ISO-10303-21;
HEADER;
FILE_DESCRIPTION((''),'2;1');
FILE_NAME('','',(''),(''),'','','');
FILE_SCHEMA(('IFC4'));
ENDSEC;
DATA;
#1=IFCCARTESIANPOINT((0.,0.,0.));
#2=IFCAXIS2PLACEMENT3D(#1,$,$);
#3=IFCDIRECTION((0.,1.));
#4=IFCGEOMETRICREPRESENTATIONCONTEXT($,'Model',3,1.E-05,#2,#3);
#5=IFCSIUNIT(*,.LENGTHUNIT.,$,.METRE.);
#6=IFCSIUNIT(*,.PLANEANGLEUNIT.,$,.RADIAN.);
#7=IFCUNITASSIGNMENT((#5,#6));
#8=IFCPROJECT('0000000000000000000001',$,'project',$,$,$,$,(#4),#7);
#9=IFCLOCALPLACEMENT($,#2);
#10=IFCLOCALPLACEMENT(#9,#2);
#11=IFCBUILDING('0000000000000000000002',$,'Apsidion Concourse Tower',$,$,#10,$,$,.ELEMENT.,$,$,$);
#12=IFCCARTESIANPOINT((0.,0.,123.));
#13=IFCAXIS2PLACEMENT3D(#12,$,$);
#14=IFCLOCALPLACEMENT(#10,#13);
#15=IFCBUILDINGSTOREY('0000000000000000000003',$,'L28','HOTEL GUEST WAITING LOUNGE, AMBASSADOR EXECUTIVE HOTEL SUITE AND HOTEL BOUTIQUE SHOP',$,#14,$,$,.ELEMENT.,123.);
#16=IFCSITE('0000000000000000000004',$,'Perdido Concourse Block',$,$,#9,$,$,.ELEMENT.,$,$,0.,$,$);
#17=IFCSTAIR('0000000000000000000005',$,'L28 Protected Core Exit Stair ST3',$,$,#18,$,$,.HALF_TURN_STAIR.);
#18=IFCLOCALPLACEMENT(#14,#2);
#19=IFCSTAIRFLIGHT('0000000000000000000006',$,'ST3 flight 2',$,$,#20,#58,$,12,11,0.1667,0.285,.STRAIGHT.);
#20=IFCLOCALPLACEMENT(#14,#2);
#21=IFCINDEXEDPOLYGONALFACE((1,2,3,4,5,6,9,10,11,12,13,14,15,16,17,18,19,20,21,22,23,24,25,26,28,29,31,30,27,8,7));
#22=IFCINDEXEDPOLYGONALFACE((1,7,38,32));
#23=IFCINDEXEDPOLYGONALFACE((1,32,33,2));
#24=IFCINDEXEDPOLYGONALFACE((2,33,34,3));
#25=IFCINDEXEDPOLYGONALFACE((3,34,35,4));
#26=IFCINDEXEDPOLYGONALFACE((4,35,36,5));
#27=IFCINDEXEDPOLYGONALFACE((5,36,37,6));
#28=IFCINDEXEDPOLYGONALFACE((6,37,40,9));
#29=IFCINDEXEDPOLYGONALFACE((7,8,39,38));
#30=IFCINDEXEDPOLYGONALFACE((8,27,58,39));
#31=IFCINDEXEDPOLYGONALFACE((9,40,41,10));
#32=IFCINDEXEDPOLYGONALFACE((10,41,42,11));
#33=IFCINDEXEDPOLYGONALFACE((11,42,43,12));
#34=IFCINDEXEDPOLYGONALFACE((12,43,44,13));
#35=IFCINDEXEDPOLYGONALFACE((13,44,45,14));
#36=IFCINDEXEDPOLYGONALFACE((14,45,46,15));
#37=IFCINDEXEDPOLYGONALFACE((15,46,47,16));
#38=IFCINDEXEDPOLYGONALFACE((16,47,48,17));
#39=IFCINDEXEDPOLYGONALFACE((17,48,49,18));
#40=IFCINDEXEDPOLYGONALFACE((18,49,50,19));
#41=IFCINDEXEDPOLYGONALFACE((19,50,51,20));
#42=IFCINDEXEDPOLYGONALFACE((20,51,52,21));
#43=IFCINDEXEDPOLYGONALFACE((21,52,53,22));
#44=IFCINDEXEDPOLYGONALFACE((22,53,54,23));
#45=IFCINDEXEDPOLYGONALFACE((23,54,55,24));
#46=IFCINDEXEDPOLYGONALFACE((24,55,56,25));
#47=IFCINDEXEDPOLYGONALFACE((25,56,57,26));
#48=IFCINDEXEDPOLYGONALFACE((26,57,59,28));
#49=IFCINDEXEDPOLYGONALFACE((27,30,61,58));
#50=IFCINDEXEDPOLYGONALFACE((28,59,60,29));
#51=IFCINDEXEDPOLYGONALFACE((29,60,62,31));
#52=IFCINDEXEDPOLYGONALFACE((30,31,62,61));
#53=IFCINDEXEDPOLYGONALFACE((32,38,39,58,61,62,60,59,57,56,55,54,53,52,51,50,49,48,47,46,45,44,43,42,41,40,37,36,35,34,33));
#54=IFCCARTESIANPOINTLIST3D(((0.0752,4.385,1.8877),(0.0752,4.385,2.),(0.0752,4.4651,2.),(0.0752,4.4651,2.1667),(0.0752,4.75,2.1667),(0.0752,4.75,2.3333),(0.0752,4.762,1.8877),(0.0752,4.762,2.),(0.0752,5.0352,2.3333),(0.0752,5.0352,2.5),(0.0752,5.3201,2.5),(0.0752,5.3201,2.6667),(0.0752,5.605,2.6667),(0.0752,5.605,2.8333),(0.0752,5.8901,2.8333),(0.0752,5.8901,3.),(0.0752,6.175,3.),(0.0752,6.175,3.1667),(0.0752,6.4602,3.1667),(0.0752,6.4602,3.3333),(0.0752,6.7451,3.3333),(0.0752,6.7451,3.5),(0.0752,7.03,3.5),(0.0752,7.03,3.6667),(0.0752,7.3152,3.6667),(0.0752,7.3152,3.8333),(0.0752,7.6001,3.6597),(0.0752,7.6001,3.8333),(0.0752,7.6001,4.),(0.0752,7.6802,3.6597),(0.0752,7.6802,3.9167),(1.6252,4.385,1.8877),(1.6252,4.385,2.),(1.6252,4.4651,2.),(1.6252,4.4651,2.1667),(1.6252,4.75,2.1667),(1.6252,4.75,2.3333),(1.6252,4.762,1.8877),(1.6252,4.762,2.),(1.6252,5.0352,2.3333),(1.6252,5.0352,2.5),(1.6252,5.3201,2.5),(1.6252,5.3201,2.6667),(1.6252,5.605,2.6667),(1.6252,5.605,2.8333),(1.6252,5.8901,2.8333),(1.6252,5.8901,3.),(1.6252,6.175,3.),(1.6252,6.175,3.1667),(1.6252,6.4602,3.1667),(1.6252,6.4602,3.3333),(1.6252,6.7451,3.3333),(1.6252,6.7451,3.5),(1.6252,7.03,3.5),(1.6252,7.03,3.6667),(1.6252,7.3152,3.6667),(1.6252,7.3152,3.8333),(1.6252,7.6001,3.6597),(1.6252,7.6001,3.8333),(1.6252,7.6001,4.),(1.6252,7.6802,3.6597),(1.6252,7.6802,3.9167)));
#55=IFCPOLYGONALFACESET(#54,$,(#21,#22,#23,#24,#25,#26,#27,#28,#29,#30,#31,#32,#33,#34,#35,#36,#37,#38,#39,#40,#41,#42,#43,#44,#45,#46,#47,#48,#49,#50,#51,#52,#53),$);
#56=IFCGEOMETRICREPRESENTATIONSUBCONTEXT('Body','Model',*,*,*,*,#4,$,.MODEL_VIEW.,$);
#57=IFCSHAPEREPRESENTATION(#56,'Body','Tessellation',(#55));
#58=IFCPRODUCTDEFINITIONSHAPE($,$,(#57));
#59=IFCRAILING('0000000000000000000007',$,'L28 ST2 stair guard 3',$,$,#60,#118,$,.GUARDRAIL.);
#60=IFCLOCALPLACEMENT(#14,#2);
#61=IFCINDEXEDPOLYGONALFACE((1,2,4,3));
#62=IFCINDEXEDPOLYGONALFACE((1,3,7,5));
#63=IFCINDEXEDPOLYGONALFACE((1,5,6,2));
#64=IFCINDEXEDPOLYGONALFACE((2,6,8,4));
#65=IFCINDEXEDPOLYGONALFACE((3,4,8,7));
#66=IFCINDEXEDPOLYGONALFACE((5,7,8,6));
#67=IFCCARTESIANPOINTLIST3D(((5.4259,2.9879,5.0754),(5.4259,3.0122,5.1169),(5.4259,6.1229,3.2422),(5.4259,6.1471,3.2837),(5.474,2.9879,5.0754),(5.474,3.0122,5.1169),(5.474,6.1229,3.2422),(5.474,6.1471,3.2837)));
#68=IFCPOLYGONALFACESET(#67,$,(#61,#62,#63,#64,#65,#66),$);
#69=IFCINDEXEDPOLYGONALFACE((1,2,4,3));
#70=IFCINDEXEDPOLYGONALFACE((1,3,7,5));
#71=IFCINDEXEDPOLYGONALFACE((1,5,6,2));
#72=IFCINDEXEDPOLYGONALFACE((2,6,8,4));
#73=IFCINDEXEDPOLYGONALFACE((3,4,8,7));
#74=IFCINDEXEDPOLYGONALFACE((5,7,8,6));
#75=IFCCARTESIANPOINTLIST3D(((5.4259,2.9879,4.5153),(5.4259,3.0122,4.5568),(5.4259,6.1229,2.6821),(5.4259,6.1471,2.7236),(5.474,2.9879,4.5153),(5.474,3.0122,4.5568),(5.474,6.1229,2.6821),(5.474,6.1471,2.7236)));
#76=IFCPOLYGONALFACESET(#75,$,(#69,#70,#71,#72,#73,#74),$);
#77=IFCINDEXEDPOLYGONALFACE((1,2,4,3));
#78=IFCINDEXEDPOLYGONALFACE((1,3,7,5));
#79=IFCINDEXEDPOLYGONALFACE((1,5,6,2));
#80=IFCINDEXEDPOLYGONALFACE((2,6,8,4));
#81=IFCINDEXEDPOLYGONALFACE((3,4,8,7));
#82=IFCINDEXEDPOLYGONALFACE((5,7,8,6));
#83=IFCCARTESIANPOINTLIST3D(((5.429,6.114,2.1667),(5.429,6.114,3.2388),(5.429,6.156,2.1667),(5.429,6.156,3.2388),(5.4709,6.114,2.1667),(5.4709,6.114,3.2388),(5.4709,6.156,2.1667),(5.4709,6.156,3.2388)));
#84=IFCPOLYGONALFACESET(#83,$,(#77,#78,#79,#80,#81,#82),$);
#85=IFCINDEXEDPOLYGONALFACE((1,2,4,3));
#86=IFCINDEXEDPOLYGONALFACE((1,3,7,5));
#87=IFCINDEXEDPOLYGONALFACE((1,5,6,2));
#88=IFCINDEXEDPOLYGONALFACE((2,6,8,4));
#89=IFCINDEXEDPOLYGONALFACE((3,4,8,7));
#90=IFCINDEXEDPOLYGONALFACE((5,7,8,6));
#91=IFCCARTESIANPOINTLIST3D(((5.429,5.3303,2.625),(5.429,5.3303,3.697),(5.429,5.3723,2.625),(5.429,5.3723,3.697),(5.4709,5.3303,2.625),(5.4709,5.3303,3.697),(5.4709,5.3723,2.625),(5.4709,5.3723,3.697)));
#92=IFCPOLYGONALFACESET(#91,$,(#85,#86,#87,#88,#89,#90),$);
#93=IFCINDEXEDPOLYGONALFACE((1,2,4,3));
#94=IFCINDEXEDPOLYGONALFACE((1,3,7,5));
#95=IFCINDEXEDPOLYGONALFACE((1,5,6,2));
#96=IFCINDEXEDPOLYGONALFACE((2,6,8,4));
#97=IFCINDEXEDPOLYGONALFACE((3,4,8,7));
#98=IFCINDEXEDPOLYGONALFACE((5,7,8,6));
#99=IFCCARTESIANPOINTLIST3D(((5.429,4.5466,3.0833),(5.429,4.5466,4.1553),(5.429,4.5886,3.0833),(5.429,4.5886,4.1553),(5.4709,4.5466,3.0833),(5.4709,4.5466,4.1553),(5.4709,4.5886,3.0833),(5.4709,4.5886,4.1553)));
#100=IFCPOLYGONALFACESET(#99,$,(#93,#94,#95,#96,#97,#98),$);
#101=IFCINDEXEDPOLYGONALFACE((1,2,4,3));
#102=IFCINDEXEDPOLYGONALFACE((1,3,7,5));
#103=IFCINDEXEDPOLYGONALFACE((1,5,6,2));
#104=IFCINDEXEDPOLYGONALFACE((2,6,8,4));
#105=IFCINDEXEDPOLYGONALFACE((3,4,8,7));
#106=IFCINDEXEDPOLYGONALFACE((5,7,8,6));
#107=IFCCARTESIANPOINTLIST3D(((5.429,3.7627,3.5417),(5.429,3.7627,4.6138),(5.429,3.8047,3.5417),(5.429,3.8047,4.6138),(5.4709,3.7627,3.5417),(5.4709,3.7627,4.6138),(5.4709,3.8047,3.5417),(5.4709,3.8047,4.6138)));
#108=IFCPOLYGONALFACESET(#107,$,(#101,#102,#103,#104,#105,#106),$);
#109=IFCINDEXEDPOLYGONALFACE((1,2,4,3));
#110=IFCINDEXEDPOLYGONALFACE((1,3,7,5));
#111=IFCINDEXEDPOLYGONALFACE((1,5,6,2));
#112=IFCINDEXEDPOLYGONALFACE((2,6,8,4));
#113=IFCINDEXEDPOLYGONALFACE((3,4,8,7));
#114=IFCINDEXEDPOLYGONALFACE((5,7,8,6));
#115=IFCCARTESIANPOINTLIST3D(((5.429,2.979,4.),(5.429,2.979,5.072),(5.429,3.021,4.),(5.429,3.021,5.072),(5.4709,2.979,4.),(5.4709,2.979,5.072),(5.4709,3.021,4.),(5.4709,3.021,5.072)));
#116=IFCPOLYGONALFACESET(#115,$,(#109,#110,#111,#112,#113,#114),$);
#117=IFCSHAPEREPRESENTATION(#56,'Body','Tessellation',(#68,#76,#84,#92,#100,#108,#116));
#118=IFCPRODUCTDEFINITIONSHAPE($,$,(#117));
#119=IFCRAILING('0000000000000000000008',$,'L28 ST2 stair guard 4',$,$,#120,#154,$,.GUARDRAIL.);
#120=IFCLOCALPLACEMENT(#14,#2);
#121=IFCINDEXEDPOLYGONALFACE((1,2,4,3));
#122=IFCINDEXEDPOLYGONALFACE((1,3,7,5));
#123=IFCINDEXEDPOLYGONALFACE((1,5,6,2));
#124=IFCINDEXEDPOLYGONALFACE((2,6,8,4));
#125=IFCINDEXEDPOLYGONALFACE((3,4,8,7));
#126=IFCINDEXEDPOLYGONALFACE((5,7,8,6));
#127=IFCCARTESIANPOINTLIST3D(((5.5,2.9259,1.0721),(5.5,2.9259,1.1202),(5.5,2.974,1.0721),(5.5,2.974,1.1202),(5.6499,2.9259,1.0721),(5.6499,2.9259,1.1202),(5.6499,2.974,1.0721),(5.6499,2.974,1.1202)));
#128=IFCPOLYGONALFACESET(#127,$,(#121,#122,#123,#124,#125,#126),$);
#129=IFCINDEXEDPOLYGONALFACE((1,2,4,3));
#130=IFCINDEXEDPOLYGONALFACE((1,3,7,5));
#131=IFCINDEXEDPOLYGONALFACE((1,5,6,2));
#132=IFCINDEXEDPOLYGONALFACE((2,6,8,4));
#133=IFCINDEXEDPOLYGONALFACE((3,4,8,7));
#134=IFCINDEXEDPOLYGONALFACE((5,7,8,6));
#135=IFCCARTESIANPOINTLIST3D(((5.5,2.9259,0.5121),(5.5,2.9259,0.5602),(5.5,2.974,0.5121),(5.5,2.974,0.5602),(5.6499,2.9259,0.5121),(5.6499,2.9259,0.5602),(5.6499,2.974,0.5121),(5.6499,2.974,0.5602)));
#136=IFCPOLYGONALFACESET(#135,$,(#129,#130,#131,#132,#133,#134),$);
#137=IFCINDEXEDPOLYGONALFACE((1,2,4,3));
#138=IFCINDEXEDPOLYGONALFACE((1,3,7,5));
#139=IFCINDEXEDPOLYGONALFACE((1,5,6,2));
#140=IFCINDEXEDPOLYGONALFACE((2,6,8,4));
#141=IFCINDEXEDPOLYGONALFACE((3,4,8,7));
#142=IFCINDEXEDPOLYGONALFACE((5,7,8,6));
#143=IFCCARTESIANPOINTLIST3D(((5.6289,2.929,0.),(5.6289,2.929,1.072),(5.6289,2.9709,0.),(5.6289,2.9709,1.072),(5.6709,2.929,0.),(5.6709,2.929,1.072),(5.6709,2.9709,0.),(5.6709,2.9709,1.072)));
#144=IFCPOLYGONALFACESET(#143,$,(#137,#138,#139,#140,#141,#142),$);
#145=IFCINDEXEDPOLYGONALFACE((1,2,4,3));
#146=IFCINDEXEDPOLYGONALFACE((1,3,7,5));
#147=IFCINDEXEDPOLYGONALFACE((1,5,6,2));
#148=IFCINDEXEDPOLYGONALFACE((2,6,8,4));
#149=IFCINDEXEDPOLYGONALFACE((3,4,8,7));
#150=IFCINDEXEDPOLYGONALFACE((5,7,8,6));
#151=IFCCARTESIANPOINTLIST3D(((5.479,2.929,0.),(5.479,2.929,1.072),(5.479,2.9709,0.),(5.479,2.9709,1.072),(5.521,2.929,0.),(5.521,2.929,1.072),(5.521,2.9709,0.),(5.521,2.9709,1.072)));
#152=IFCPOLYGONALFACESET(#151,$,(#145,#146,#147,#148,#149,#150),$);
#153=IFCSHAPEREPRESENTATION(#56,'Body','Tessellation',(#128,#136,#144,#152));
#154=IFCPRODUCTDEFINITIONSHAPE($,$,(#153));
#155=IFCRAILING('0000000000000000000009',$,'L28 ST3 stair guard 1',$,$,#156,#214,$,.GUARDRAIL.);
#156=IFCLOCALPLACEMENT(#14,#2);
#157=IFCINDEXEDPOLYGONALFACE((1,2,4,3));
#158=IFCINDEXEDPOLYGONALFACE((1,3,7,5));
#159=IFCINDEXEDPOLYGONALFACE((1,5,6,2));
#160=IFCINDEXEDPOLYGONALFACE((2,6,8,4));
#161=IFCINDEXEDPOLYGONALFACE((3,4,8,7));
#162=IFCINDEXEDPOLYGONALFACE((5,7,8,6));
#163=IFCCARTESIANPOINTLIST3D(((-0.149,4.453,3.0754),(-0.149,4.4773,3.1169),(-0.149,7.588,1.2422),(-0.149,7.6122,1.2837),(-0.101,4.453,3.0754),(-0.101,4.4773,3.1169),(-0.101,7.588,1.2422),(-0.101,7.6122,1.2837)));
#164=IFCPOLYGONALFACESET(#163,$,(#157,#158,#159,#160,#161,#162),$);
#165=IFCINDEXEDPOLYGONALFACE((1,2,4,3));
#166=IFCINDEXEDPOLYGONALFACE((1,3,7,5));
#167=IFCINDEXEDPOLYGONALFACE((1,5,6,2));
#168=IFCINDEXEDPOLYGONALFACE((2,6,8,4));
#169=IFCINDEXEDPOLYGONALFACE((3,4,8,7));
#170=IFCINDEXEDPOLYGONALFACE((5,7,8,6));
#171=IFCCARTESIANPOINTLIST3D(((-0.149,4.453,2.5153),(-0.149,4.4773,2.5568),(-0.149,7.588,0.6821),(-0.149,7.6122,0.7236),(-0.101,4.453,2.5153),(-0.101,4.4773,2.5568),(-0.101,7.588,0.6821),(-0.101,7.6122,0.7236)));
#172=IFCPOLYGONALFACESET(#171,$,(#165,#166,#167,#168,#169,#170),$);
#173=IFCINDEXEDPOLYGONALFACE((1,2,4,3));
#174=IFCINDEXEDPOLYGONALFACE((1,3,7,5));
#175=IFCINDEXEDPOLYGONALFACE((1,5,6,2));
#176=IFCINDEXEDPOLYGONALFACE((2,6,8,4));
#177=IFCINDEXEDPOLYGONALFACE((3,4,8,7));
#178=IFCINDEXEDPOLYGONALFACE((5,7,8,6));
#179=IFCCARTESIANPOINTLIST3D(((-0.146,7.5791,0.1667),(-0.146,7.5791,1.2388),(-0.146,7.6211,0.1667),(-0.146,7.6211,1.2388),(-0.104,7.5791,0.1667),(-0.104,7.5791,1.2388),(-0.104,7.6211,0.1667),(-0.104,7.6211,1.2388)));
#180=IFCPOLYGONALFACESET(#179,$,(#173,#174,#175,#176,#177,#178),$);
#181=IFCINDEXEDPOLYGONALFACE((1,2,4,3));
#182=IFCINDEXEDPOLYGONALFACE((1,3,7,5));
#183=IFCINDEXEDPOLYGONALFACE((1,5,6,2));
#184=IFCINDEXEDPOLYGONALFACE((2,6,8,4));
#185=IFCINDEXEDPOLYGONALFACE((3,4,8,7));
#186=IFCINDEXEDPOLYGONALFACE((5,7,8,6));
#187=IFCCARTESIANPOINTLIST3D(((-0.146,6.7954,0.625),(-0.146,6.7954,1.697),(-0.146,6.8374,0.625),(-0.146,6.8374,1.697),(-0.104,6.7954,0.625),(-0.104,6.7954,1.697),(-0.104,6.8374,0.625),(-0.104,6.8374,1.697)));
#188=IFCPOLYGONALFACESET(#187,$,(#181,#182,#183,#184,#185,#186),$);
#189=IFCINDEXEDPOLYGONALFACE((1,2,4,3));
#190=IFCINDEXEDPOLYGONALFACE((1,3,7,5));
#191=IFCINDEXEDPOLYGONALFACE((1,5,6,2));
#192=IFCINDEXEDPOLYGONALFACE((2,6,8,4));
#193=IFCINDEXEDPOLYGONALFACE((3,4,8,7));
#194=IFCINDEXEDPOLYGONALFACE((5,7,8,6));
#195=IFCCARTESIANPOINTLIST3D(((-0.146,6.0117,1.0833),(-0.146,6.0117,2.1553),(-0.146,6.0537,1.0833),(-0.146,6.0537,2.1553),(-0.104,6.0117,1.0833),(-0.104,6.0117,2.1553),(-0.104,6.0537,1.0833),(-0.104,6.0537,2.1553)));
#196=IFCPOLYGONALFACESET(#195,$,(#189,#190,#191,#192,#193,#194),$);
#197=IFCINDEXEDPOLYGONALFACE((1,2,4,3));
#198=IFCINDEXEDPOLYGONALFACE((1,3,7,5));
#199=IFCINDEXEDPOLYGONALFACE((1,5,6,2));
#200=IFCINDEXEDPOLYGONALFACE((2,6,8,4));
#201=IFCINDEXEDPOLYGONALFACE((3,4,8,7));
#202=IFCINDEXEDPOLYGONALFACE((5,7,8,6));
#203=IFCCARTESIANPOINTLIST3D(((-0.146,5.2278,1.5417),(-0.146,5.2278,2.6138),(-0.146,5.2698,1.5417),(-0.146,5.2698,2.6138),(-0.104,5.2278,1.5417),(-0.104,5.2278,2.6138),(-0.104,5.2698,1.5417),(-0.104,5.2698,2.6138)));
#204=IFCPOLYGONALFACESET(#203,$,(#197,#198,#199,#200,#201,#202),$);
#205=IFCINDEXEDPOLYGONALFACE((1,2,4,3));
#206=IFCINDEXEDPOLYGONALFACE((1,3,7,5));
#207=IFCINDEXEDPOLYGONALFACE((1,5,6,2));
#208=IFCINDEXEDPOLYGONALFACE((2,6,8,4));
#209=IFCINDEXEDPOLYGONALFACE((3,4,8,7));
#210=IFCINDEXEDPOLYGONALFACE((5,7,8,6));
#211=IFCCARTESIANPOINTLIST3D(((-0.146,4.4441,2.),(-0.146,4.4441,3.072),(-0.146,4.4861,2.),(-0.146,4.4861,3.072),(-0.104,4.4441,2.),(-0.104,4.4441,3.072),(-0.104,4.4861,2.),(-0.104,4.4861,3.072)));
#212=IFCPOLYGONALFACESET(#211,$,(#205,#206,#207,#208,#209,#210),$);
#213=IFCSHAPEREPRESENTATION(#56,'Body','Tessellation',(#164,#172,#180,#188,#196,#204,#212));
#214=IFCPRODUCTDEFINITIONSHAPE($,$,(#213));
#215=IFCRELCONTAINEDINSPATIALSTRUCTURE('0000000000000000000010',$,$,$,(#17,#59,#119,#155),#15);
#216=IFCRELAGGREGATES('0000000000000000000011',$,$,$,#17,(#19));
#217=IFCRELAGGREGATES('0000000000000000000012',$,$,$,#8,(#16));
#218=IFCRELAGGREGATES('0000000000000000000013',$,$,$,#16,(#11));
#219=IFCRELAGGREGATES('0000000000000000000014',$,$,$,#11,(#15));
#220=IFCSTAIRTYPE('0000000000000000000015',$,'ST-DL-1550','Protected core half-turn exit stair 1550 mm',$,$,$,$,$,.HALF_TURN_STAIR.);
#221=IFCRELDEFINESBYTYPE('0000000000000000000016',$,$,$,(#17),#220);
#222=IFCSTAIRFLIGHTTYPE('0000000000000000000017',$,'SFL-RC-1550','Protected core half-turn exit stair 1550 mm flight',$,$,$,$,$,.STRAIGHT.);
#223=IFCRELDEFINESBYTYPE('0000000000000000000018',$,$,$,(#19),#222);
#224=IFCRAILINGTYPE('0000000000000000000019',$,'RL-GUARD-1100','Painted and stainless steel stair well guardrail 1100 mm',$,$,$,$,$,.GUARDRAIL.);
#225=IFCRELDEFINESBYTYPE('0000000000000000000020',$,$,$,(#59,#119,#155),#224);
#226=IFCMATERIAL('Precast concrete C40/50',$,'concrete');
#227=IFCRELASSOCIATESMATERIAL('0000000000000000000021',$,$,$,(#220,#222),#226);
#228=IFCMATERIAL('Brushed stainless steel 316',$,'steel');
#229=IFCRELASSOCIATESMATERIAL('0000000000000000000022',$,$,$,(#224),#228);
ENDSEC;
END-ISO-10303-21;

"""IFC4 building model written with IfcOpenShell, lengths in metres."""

from ifc_helpers import new_model, si_unit, direction, frame, origin, origin_2d, place, context, subcontext, project, spatial, polyline, rectangle, outline, extrude, material, type_object, element, aggregate, save


model = new_model("IFC4")

# Units and contexts
model_context = context("Model", 3, precision=1e-05, world=origin(), true_north=direction((0.0, 1.0)))
body_context = subcontext(model_context, "Body", "Model", "MODEL_VIEW")
ifc_project = project(units=[si_unit("LENGTHUNIT", "METRE"), si_unit("PLANEANGLEUNIT", "RADIAN")], contexts=[model_context])

# Site, building, storey
site_placement = place(None, origin())
site = spatial("IfcSite", under=ifc_project, at=site_placement, Name="Perdido Concourse Block", CompositionType="ELEMENT", RefElevation=0.0)
building_placement = place(site_placement, origin())
building = spatial("IfcBuilding", under=site, at=building_placement, Name="Apsidion Concourse Tower", CompositionType="ELEMENT")
storey_placement = place(building_placement, frame((0.0, 0.0, 123.0)))
storey = spatial("IfcBuildingStorey", under=building, at=storey_placement, Name="L28", Description="HOTEL GUEST WAITING LOUNGE, AMBASSADOR EXECUTIVE HOTEL SUITE AND HOTEL BOUTIQUE SHOP", CompositionType="ELEMENT", Elevation=123.0)

# Stair
ifc_material_1 = material(Name="Precast concrete C40/50", Category="concrete")
stair_type = type_object("IfcStairType", Name="ST-DL-1550", Description="Protected core half-turn exit stair 1550 mm", PredefinedType="HALF_TURN_STAIR", material=ifc_material_1)
stair_1_placement = place(storey_placement, origin())
stair_1 = element("IfcStair", 1, at=stair_1_placement, inside=storey, type_object=stair_type, Name="L28 Protected Core Exit Stair ST3", PredefinedType="HALF_TURN_STAIR")

# Stair flight
stair_flight_type = type_object("IfcStairFlightType", Name="SFL-RC-1550", Description="Protected core half-turn exit stair 1550 mm flight", PredefinedType="STRAIGHT", material=ifc_material_1)
stair_flight_1_placement = place(storey_placement, frame((0.8501, 4.4651, 2.0), z_axis=(0.0, 0.0, 1.0), x_axis=(0.0, 1.0, 0.0)))
stair_flight_1 = element("IfcStairFlight", 2, at=stair_flight_1_placement, type_object=stair_flight_type, Name="ST3 flight 2", NumberOfRisers=12, NumberOfTreads=11, PredefinedType="STRAIGHT", RiserHeight=0.1667, TreadLength=0.285, context=body_context, shape_type="SweptSolid", body=[
    extrude(outline(polyline([(-0.0801, -0.1123), (-0.0801, 0.0), (0.0, 0.0), (0.0, 0.1667), (0.2849, 0.1667), (0.2849, 0.3333), (0.5701, 0.3333), (0.5701, 0.5), (0.855, 0.5), (0.855, 0.6667), (1.1399, 0.6667), (1.1399, 0.8333), (1.425, 0.8333), (1.425, 1.0), (1.71, 1.0), (1.71, 1.1667), (1.9951, 1.1667), (1.9951, 1.3333), (2.28, 1.3333), (2.28, 1.5), (2.5649, 1.5), (2.5649, 1.6667), (2.8501, 1.6667), (2.8501, 1.8333), (3.135, 1.8333), (3.135, 2.0), (3.2151, 1.9167), (3.2151, 1.6597), (3.135, 1.6597), (0.2969, 0.0), (0.2969, -0.1123), (-0.0801, -0.1123)])), frame((0.0, 0.7749, 0.0), z_axis=(0.0, -1.0, 0.0), x_axis=(1.0, 0.0, 0.0)), (0.0, 0.0, 1.0), 1.55),
])
aggregate(stair_1, [stair_flight_1])

# Railings
ifc_material_2 = material(Name="Brushed stainless steel 316", Category="steel")
railing_type_1 = type_object("IfcRailingType", Name="RL-GUARD-1100", Description="Painted and stainless steel stair well guardrail 1100 mm", PredefinedType="GUARDRAIL", material=ifc_material_2)
railing_1_placement = place(storey_placement, frame((5.45, 6.135, 2.1667)))
element("IfcRailing", 3, at=railing_1_placement, inside=storey, type_object=railing_type_1, Name="L28 ST2 stair guard 3", PredefinedType="GUARDRAIL", context=body_context, shape_type="SweptSolid", body=[
    extrude(rectangle(XDim=0.0481, YDim=0.0481, at=origin_2d()), frame((0.0, 0.0, 1.0962), z_axis=(0.0, -0.86324, 0.504794), x_axis=(1.0, 0.0, 0.0)), (0.0, 0.0, 1.0), 3.6316),
    extrude(rectangle(XDim=0.0481, YDim=0.0481, at=origin_2d()), frame((0.0, 0.0, 0.5361), z_axis=(0.0, -0.86324, 0.504794), x_axis=(1.0, 0.0, 0.0)), (0.0, 0.0, 1.0), 3.6316),
    extrude(rectangle(XDim=0.042, YDim=0.042, at=origin_2d()), origin(), (0.0, 0.0, 1.0), 1.072),
    extrude(rectangle(XDim=0.042, YDim=0.042, at=origin_2d()), frame((0.0, -0.7837, 0.4583)), (0.0, 0.0, 1.0), 1.072),
    extrude(rectangle(XDim=0.042, YDim=0.042, at=origin_2d()), frame((0.0, -1.5674, 0.9165)), (0.0, 0.0, 1.0), 1.072),
    extrude(rectangle(XDim=0.042, YDim=0.042, at=origin_2d()), frame((0.0, -2.3513, 1.375)), (0.0, 0.0, 1.0), 1.072),
    extrude(rectangle(XDim=0.042, YDim=0.042, at=origin_2d()), frame((0.0, -3.135, 1.8333)), (0.0, 0.0, 1.0), 1.072),
])
railing_2_placement = place(storey_placement, frame((5.6499, 2.95, 0.0)))
element("IfcRailing", 4, at=railing_2_placement, inside=storey, type_object=railing_type_1, Name="L28 ST2 stair guard 4", PredefinedType="GUARDRAIL", context=body_context, shape_type="SweptSolid", body=[
    extrude(rectangle(XDim=0.0481, YDim=0.0481, at=origin_2d()), frame((0.0, 0.0, 1.0962), z_axis=(-1.0, 0.0, 0.0), x_axis=(0.0, -1.0, 0.0)), (0.0, 0.0, 1.0), 0.1499),
    extrude(rectangle(XDim=0.0481, YDim=0.0481, at=origin_2d()), frame((0.0, 0.0, 0.5361), z_axis=(-1.0, 0.0, 0.0), x_axis=(0.0, -1.0, 0.0)), (0.0, 0.0, 1.0), 0.1499),
    extrude(rectangle(XDim=0.042, YDim=0.042, at=origin_2d()), origin(), (0.0, 0.0, 1.0), 1.072),
    extrude(rectangle(XDim=0.042, YDim=0.042, at=origin_2d()), frame((-0.1499, 0.0, 0.0)), (0.0, 0.0, 1.0), 1.072),
])
railing_3_placement = place(storey_placement, frame((-0.125, 7.6001, 0.1667)))
element("IfcRailing", 5, at=railing_3_placement, inside=storey, type_object=railing_type_1, Name="L28 ST3 stair guard 1", PredefinedType="GUARDRAIL", context=body_context, shape_type="SweptSolid", body=[
    extrude(rectangle(XDim=0.0481, YDim=0.0481, at=origin_2d()), frame((0.0, 0.0, 1.0962), z_axis=(0.0, -0.86324, 0.504794), x_axis=(1.0, 0.0, 0.0)), (0.0, 0.0, 1.0), 3.6316),
    extrude(rectangle(XDim=0.0481, YDim=0.0481, at=origin_2d()), frame((0.0, 0.0, 0.5361), z_axis=(0.0, -0.86324, 0.504794), x_axis=(1.0, 0.0, 0.0)), (0.0, 0.0, 1.0), 3.6316),
    extrude(rectangle(XDim=0.042, YDim=0.042, at=origin_2d()), origin(), (0.0, 0.0, 1.0), 1.072),
    extrude(rectangle(XDim=0.042, YDim=0.042, at=origin_2d()), frame((0.0, -0.7837, 0.4583)), (0.0, 0.0, 1.0), 1.072),
    extrude(rectangle(XDim=0.042, YDim=0.042, at=origin_2d()), frame((0.0, -1.5674, 0.9165)), (0.0, 0.0, 1.0), 1.072),
    extrude(rectangle(XDim=0.042, YDim=0.042, at=origin_2d()), frame((0.0, -2.3513, 1.375)), (0.0, 0.0, 1.0), 1.072),
    extrude(rectangle(XDim=0.042, YDim=0.042, at=origin_2d()), frame((0.0, -3.135, 1.8333)), (0.0, 0.0, 1.0), 1.072),
])

save(model, "model.ifc")
